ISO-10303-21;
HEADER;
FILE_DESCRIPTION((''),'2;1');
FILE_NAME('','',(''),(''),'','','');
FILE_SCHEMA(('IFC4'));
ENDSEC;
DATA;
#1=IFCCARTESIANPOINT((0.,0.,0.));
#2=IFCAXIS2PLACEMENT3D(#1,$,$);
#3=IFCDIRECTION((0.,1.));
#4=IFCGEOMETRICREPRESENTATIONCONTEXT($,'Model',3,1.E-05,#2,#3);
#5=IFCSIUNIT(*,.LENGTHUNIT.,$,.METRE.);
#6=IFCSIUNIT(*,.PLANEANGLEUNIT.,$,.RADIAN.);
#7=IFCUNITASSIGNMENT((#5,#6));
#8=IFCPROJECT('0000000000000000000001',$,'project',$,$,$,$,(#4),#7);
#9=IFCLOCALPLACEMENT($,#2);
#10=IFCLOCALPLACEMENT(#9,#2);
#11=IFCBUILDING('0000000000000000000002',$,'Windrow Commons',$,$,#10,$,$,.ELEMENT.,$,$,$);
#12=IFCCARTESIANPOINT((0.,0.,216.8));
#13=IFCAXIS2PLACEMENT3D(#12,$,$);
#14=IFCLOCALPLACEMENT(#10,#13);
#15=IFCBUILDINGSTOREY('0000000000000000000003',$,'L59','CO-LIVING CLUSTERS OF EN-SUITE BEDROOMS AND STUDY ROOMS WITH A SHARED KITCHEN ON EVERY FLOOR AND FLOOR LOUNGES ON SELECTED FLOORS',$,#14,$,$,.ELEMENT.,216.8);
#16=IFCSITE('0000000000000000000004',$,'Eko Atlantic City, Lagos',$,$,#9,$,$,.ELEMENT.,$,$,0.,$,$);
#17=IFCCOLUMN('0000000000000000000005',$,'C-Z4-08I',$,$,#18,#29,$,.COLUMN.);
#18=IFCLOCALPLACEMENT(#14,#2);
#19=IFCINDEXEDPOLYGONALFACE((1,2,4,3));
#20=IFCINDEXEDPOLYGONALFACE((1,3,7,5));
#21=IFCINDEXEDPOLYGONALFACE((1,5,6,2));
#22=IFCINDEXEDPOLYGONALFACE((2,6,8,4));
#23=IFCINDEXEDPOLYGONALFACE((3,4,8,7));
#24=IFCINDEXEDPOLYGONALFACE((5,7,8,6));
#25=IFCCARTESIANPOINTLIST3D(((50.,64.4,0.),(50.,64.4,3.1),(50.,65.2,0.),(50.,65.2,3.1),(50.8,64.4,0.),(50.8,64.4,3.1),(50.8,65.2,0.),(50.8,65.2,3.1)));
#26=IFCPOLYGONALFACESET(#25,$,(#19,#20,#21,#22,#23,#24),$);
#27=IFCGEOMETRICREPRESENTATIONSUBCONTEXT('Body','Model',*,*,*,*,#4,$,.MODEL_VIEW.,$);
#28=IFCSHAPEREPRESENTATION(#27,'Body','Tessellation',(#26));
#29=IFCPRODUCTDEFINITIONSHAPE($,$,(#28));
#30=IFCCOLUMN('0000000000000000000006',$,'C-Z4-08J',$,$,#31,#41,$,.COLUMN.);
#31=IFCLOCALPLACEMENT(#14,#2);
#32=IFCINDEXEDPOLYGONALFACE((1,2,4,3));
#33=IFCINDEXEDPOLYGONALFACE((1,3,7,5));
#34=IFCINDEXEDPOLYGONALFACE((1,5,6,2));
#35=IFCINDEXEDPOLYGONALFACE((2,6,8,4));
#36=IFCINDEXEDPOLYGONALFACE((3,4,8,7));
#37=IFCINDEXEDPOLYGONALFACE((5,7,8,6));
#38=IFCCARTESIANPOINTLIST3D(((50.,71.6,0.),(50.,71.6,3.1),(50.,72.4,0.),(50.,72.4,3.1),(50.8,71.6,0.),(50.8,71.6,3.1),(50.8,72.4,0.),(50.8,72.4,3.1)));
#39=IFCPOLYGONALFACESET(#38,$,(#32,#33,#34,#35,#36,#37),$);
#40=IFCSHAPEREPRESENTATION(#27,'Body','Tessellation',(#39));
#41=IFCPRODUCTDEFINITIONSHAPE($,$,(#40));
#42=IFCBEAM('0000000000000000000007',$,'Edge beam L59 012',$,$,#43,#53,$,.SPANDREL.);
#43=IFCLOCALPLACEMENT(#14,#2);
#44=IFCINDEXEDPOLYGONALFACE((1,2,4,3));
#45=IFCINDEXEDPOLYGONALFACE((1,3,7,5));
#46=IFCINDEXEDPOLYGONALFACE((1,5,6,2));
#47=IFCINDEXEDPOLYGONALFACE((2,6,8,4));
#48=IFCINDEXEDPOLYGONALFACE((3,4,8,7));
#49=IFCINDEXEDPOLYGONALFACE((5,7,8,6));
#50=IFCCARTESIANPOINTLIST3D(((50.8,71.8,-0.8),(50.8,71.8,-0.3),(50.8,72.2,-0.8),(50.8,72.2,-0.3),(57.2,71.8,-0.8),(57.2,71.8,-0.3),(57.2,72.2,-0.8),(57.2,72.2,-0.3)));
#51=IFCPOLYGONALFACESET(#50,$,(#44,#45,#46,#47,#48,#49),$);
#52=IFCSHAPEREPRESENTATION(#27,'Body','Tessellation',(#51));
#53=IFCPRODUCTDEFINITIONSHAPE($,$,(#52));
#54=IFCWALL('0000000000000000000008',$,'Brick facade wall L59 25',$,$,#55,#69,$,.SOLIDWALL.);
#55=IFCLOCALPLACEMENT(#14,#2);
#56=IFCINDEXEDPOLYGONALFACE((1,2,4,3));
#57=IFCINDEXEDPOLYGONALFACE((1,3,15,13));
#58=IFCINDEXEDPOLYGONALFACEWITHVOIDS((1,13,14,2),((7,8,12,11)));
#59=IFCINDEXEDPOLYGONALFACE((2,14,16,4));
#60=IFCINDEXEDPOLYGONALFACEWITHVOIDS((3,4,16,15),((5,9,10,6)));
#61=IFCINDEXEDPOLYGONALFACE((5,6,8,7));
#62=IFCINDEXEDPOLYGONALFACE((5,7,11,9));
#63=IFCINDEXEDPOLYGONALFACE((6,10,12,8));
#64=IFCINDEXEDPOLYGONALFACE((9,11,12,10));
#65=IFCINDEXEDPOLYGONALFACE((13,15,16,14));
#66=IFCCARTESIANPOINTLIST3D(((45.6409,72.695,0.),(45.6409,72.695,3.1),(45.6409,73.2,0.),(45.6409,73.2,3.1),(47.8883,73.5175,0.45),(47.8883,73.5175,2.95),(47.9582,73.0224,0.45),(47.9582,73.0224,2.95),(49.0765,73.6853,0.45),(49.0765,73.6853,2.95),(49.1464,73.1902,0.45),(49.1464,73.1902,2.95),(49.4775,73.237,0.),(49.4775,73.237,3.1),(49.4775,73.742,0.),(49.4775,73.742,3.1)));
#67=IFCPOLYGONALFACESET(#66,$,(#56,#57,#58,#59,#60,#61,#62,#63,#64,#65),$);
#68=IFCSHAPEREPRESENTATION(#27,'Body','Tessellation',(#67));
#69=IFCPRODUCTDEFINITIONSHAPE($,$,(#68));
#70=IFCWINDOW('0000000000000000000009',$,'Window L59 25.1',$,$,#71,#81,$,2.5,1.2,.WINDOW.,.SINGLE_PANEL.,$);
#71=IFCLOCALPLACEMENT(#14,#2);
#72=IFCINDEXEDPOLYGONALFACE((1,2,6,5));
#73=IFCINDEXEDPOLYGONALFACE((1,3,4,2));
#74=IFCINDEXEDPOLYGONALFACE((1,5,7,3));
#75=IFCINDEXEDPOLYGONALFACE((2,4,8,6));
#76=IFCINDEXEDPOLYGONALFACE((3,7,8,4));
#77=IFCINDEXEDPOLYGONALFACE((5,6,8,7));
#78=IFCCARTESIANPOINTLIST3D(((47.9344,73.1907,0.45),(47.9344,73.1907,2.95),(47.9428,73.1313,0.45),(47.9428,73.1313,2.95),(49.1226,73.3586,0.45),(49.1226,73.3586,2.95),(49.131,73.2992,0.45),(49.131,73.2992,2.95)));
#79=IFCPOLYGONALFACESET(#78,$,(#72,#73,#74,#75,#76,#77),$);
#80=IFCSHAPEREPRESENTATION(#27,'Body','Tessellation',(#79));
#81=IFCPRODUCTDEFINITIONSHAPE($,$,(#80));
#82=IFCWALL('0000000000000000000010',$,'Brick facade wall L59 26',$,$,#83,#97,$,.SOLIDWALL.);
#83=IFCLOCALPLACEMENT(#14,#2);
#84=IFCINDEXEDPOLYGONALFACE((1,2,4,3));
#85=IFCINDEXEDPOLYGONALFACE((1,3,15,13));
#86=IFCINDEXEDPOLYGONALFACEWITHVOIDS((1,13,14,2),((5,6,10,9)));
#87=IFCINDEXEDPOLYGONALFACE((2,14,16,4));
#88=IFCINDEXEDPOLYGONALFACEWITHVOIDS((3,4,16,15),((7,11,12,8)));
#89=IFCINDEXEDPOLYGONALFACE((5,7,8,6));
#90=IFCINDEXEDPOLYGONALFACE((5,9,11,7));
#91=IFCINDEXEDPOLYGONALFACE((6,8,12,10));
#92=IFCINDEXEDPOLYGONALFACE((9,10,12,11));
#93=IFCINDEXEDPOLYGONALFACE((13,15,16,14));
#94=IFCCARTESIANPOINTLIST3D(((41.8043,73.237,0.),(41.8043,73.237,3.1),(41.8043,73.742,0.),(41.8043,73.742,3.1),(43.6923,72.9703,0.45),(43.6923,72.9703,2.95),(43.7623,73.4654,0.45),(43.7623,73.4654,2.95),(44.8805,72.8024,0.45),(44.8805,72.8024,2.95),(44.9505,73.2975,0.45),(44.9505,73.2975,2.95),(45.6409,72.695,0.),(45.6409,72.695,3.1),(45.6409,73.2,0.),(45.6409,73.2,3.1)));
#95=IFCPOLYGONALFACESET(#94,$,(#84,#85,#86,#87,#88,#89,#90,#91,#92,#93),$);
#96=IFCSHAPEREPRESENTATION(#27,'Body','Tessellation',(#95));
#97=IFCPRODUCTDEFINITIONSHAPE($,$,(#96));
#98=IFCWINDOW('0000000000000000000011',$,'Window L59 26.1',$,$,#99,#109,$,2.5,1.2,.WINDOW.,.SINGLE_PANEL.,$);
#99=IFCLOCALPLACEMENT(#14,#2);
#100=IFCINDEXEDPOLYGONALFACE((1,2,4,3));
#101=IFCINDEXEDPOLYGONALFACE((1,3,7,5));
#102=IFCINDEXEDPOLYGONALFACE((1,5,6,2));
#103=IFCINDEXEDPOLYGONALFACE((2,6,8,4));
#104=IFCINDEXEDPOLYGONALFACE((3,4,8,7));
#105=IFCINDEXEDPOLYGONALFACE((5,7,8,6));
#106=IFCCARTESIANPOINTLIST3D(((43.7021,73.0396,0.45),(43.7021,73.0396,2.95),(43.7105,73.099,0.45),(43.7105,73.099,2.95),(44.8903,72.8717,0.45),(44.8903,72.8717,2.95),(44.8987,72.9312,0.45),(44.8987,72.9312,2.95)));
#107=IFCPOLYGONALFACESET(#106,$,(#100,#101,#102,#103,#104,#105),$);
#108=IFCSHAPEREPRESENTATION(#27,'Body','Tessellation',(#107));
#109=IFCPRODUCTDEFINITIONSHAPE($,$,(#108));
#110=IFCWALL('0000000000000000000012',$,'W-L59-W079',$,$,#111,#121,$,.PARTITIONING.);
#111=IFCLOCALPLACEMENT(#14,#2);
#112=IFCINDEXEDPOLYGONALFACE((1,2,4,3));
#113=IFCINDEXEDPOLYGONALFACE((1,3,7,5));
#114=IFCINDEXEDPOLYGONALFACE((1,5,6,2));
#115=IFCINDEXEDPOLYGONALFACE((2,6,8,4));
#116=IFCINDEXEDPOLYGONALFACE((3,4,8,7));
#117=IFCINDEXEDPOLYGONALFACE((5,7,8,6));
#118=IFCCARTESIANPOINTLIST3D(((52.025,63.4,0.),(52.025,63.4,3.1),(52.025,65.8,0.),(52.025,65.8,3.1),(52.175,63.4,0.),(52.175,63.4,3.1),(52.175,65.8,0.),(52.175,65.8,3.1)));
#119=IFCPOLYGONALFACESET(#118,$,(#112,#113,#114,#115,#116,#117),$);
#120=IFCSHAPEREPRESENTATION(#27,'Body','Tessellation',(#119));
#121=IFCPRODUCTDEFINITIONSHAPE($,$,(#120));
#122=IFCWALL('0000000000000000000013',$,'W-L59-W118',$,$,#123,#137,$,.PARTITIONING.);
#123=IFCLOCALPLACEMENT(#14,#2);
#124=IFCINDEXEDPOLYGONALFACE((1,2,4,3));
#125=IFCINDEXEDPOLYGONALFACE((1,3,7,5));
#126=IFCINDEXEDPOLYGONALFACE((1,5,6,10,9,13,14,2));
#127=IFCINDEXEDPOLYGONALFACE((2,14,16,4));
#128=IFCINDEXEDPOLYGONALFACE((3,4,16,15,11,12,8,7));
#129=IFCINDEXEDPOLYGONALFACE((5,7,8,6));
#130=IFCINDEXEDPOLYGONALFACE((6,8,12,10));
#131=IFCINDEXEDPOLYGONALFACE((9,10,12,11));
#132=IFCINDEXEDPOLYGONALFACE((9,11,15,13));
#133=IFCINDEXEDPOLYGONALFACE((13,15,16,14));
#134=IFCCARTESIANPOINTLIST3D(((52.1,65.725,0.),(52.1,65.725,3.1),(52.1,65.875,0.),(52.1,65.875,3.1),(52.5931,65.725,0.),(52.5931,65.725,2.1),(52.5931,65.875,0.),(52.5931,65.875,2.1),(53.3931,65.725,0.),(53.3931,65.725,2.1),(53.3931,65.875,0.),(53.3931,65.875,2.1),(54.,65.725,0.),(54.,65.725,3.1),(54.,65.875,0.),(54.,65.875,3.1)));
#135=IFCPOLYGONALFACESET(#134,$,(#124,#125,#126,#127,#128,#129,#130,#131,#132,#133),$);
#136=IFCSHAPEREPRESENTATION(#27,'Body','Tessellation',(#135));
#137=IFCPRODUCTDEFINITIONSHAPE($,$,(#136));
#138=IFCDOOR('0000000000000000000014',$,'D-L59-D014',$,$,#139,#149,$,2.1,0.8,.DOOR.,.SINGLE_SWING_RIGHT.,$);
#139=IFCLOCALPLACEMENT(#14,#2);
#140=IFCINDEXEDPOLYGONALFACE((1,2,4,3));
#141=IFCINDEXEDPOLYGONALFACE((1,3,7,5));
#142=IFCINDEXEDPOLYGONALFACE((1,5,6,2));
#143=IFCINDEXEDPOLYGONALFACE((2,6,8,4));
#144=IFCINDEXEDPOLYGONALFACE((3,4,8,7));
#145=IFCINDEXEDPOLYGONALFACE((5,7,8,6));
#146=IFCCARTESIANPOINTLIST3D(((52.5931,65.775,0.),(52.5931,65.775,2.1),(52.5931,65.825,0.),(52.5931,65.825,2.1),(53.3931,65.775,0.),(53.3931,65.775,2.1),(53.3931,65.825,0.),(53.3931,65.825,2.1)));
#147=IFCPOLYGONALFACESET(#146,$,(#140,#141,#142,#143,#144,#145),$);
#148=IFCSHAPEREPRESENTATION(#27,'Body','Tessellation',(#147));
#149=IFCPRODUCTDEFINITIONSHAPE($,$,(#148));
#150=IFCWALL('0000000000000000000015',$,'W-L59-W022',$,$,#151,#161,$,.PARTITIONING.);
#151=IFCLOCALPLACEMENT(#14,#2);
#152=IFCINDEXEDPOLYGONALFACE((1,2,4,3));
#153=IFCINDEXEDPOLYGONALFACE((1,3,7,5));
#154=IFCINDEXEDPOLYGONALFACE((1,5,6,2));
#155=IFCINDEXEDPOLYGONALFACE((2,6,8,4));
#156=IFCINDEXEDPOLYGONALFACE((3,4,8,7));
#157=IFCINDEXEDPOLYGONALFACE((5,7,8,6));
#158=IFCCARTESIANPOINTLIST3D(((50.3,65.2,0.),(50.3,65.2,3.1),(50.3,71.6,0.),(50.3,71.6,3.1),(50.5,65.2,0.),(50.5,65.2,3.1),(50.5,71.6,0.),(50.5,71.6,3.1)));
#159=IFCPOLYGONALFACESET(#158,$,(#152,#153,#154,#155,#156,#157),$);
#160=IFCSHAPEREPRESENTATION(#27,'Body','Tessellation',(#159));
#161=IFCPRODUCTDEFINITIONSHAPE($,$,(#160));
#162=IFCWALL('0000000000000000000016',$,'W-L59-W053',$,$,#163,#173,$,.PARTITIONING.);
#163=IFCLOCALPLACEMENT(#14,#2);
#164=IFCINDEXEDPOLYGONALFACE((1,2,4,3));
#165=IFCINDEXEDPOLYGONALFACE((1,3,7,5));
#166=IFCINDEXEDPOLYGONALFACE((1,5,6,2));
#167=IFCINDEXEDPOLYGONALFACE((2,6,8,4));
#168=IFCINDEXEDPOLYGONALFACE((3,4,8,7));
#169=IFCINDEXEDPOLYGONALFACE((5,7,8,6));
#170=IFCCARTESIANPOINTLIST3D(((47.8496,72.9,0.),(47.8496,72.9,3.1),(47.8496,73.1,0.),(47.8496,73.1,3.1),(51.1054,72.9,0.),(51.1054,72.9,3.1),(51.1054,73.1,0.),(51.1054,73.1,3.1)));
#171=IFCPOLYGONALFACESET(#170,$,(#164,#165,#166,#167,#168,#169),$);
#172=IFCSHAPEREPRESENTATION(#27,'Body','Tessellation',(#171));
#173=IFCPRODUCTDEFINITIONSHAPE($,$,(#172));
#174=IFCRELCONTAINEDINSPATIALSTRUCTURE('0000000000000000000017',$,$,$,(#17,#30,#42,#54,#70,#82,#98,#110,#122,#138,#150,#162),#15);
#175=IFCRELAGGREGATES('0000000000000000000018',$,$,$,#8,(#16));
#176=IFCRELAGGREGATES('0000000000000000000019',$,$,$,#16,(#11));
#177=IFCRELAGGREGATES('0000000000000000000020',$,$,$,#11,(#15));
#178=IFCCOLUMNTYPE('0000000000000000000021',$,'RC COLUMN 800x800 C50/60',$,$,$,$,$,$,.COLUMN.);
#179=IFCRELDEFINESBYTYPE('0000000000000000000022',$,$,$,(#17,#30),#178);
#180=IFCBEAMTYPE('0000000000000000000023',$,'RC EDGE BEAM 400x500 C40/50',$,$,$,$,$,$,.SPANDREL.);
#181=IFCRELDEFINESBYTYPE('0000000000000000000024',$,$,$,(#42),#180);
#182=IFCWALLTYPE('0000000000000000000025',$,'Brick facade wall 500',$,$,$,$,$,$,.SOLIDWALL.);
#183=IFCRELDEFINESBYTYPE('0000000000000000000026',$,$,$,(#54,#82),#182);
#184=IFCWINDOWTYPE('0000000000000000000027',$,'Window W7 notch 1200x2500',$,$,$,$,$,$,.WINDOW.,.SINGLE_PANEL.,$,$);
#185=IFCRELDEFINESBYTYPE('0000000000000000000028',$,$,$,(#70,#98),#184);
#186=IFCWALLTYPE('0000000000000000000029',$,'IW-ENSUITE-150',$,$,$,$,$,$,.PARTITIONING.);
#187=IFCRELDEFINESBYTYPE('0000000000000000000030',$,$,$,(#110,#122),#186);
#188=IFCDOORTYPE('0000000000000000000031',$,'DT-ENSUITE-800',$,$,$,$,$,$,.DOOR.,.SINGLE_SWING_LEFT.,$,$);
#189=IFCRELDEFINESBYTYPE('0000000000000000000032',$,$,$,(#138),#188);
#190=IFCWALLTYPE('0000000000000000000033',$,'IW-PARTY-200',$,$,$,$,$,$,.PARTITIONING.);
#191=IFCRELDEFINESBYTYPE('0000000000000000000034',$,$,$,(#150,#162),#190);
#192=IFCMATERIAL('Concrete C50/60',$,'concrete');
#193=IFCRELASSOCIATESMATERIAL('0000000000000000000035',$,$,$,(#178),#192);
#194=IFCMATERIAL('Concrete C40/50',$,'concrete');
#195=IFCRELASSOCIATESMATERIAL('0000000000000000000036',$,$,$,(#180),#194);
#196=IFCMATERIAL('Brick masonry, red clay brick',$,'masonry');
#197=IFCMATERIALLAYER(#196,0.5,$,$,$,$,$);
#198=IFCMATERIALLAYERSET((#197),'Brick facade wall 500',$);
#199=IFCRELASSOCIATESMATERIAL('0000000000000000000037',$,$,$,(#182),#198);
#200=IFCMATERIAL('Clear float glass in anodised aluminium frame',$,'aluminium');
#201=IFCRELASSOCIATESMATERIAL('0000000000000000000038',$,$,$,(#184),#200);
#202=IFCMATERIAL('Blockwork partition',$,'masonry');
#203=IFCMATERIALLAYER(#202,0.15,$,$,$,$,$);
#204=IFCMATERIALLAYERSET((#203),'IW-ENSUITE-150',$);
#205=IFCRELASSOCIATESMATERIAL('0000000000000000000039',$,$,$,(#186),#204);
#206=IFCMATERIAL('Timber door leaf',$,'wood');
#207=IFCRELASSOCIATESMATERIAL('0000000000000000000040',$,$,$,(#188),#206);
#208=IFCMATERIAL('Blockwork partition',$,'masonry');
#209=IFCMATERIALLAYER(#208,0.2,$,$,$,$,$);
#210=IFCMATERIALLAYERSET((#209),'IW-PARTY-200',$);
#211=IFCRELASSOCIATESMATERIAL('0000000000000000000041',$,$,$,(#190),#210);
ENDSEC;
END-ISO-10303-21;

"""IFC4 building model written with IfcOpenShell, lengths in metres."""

from ifc_helpers import new_model, si_unit, direction, frame, frame_2d, origin, origin_2d, place, context, subcontext, project, spatial, polyline, rectangle, outline, extrude, material, layer, layer_set, material_profile, profile_set, type_object, element, fill, save


model = new_model("IFC4")

# Units and contexts
model_context = context("Model", 3, precision=1e-05, world=origin(), true_north=direction((0.0, 1.0)))
body_context = subcontext(model_context, "Body", "Model", "MODEL_VIEW")
ifc_project = project(units=[si_unit("LENGTHUNIT", "METRE"), si_unit("PLANEANGLEUNIT", "RADIAN")], contexts=[model_context])

# Site, building, storey
site_placement = place(None, origin())
site = spatial("IfcSite", under=ifc_project, at=site_placement, Name="Eko Atlantic City, Lagos", CompositionType="ELEMENT", RefElevation=0.0)
building_placement = place(site_placement, origin())
building = spatial("IfcBuilding", under=site, at=building_placement, Name="Windrow Commons", CompositionType="ELEMENT")
storey_placement = place(building_placement, frame((0.0, 0.0, 216.8)))
storey = spatial("IfcBuildingStorey", under=building, at=storey_placement, Name="L59", Description="CO-LIVING CLUSTERS OF EN-SUITE BEDROOMS AND STUDY ROOMS WITH A SHARED KITCHEN ON EVERY FLOOR AND FLOOR LOUNGES ON SELECTED FLOORS", CompositionType="ELEMENT", Elevation=216.8)

# Columns
ifc_material_1 = material(Name="Concrete C50/60", Category="concrete")
ifc_material_profile_1 = material_profile(ifc_material_1, rectangle(XDim=0.8, YDim=0.8, at=origin_2d()))
ifc_profile_set_1 = profile_set([ifc_material_profile_1], Name="Concrete C50/60")
column_type = type_object("IfcColumnType", Name="RC COLUMN 800x800 C50/60", PredefinedType="COLUMN", material=ifc_profile_set_1)
for number, where, z_axis, x_axis, name in (
    (1, (50.4, 64.8, 0.0), (0.0, 0.0, 1.0), (1.0, 0.0, 0.0), "C-Z4-08I"),
    (2, (50.4, 72.0, 0.0), (0.0, 0.0, 1.0), (1.0, 0.0, 0.0), "C-Z4-08J"),
):
    element("IfcColumn", number, at=place(storey_placement, frame(where, z_axis=z_axis, x_axis=x_axis)), inside=storey, type_object=column_type, Name=name, PredefinedType="COLUMN", context=body_context, shape_type="SweptSolid", body=[
        extrude(rectangle(XDim=0.8, YDim=0.8, at=origin_2d()), origin(), (0.0, 0.0, 1.0), 3.1),
    ])

# Beam
ifc_material_2 = material(Name="Concrete C40/50", Category="concrete")
ifc_material_profile_2 = material_profile(ifc_material_2, rectangle(XDim=0.4, YDim=0.5, at=origin_2d()))
ifc_profile_set_2 = profile_set([ifc_material_profile_2], Name="Concrete C40/50")
beam_type = type_object("IfcBeamType", Name="RC EDGE BEAM 400x500 C40/50", PredefinedType="SPANDREL", material=ifc_profile_set_2)
beam_placement = place(storey_placement, frame((50.8, 72.0, -0.55), z_axis=(1.0, 0.0, 0.0), x_axis=(0.0, 1.0, 0.0)))
element("IfcBeam", 3, at=beam_placement, inside=storey, type_object=beam_type, Name="Edge beam L59 012", PredefinedType="SPANDREL", context=body_context, shape_type="SweptSolid", body=[
    extrude(rectangle(XDim=0.4, YDim=0.5, at=origin_2d()), origin(), (0.0, 0.0, 1.0), 6.4),
])

# Walls, openings, windows
ifc_material_3 = material(Name="Brick masonry, red clay brick", Category="masonry")
ifc_layer_1 = layer(ifc_material_3, 0.5)
ifc_layer_set_1 = layer_set([ifc_layer_1], Name="Brick facade wall 500")
wall_type_1 = type_object("IfcWallType", Name="Brick facade wall 500", PredefinedType="SOLIDWALL", material=ifc_layer_set_1)
wall_1_placement = place(storey_placement, frame((49.4775, 73.4895, 0.0), z_axis=(0.0, 0.0, 1.0), x_axis=(-0.990168, -0.139882, 0.0)))
wall_1 = element("IfcWall", 4, at=wall_1_placement, inside=storey, type_object=wall_type_1, Name="Brick facade wall L59 25", PredefinedType="SOLIDWALL", context=body_context, shape_type="SweptSolid", body=[
    extrude(outline(polyline([(-0.0353, -0.25), (3.8394, -0.25), (3.91, 0.25), (0.0353, 0.25), (-0.0353, -0.25)])), origin(), (0.0, 0.0, 1.0), 3.1),
])
opening_1_placement = place(wall_1_placement, frame((0.3697, 0.0, 0.45)))
opening_1 = element("IfcOpeningElement", 5, at=opening_1_placement, cuts=wall_1, PredefinedType="OPENING", context=body_context, shape_type="SweptSolid", body=[
    extrude(rectangle(XDim=1.2, YDim=2.5, at=frame_2d((0.6, 1.25))), frame((0.0, 0.26, 0.0), z_axis=(0.0, -1.0, 0.0), x_axis=(1.0, 0.0, 0.0)), (0.0, 0.0, 1.0), 0.52),
])
ifc_material_4 = material(Name="Clear float glass in anodised aluminium frame", Category="aluminium")
window_type = type_object("IfcWindowType", Name="Window W7 notch 1200x2500", PartitioningType="SINGLE_PANEL", PredefinedType="WINDOW", material=ifc_material_4)
window_1_placement = place(opening_1_placement, origin())
window_1 = element("IfcWindow", 6, at=window_1_placement, inside=storey, type_object=window_type, Name="Window L59 25.1", OverallHeight=2.5, OverallWidth=1.2, PartitioningType="SINGLE_PANEL", PredefinedType="WINDOW", context=body_context, shape_type="SweptSolid", body=[
    extrude(rectangle(XDim=1.2, YDim=2.5, at=frame_2d((0.6, 1.25))), frame((0.0, 0.14, 0.0), z_axis=(0.0, -1.0, 0.0), x_axis=(1.0, 0.0, 0.0)), (0.0, 0.0, 1.0), 0.06),
])
fill(opening_1, window_1)
wall_2_placement = place(storey_placement, frame((45.6409, 72.9475, 0.0), z_axis=(0.0, 0.0, 1.0), x_axis=(-0.990168, 0.139882, 0.0)))
wall_2 = element("IfcWall", 7, at=wall_2_placement, inside=storey, type_object=wall_type_1, Name="Brick facade wall L59 26", PredefinedType="SOLIDWALL", context=body_context, shape_type="SweptSolid", body=[
    extrude(outline(polyline([(0.0353, -0.25), (3.91, -0.25), (3.8394, 0.25), (-0.0353, 0.25), (0.0353, -0.25)])), origin(), (0.0, 0.0, 1.0), 3.1),
])
opening_2_placement = place(wall_2_placement, frame((0.7326, 0.0, 0.45)))
opening_2 = element("IfcOpeningElement", 8, at=opening_2_placement, cuts=wall_2, PredefinedType="OPENING", context=body_context, shape_type="SweptSolid", body=[
    extrude(rectangle(XDim=1.2, YDim=2.5, at=frame_2d((0.6, 1.25))), frame((0.0, 0.26, 0.0), z_axis=(0.0, -1.0, 0.0), x_axis=(1.0, 0.0, 0.0)), (0.0, 0.0, 1.0), 0.52),
])
window_2_placement = place(opening_2_placement, origin())
window_2 = element("IfcWindow", 9, at=window_2_placement, inside=storey, type_object=window_type, Name="Window L59 26.1", OverallHeight=2.5, OverallWidth=1.2, PartitioningType="SINGLE_PANEL", PredefinedType="WINDOW", context=body_context, shape_type="SweptSolid", body=[
    extrude(rectangle(XDim=1.2, YDim=2.5, at=frame_2d((0.6, 1.25))), frame((0.0, 0.18, 0.0), z_axis=(0.0, -1.0, 0.0), x_axis=(1.0, 0.0, 0.0)), (0.0, 0.0, 1.0), 0.06),
])
fill(opening_2, window_2)

# Wall
ifc_material_5 = material(Name="Blockwork partition", Category="masonry")
ifc_layer_2 = layer(ifc_material_5, 0.15)
ifc_layer_set_2 = layer_set([ifc_layer_2], Name="IW-ENSUITE-150")
wall_type_2 = type_object("IfcWallType", Name="IW-ENSUITE-150", PredefinedType="PARTITIONING", material=ifc_layer_set_2)
wall_3_placement = place(storey_placement, frame((52.1, 63.4, 0.0), z_axis=(0.0, 0.0, 1.0), x_axis=(0.0, 1.0, 0.0)))
element("IfcWall", 10, at=wall_3_placement, inside=storey, type_object=wall_type_2, Name="W-L59-W079", PredefinedType="PARTITIONING", context=body_context, shape_type="SweptSolid", body=[
    extrude(rectangle(XDim=2.4, YDim=0.15, at=frame_2d((1.2, 0.0))), origin(), (0.0, 0.0, 1.0), 3.1),
])

# Wall, opening, door
wall_4_placement = place(storey_placement, frame((52.1, 65.8, 0.0), z_axis=(0.0, 0.0, 1.0), x_axis=(1.0, 0.0, 0.0)))
wall_4 = element("IfcWall", 11, at=wall_4_placement, inside=storey, type_object=wall_type_2, Name="W-L59-W118", PredefinedType="PARTITIONING", context=body_context, shape_type="SweptSolid", body=[
    extrude(rectangle(XDim=1.9, YDim=0.15, at=frame_2d((0.95, 0.0))), origin(), (0.0, 0.0, 1.0), 3.1),
])
opening_3_placement = place(wall_4_placement, frame((0.4931, 0.0, 0.0)))
opening_3 = element("IfcOpeningElement", 12, at=opening_3_placement, cuts=wall_4, PredefinedType="OPENING", context=body_context, shape_type="SweptSolid", body=[
    extrude(rectangle(XDim=0.8, YDim=2.1, at=frame_2d((0.4, 1.05))), frame((0.0, 0.085, 0.0), z_axis=(0.0, -1.0, 0.0), x_axis=(1.0, 0.0, 0.0)), (0.0, 0.0, 1.0), 0.17),
])
ifc_material_6 = material(Name="Timber door leaf", Category="wood")
door_type = type_object("IfcDoorType", Name="DT-ENSUITE-800", OperationType="SINGLE_SWING_LEFT", PredefinedType="DOOR", material=ifc_material_6)
door_placement = place(opening_3_placement, origin())
door = element("IfcDoor", 13, at=door_placement, inside=storey, type_object=door_type, Name="D-L59-D014", OperationType="SINGLE_SWING_RIGHT", OverallHeight=2.1, OverallWidth=0.8, PredefinedType="DOOR", context=body_context, shape_type="SweptSolid", body=[
    extrude(rectangle(XDim=0.8, YDim=2.1, at=frame_2d((0.4, 1.05))), frame((0.0, 0.025, 0.0), z_axis=(0.0, -1.0, 0.0), x_axis=(1.0, 0.0, 0.0)), (0.0, 0.0, 1.0), 0.05),
])
fill(opening_3, door)

# Walls
ifc_material_7 = material(Name="Blockwork partition", Category="masonry")
ifc_layer_3 = layer(ifc_material_7, 0.2)
ifc_layer_set_3 = layer_set([ifc_layer_3], Name="IW-PARTY-200")
wall_type_3 = type_object("IfcWallType", Name="IW-PARTY-200", PredefinedType="PARTITIONING", material=ifc_layer_set_3)
wall_5_placement = place(storey_placement, frame((50.4, 65.2, 0.0), z_axis=(0.0, 0.0, 1.0), x_axis=(0.0, 1.0, 0.0)))
element("IfcWall", 14, at=wall_5_placement, inside=storey, type_object=wall_type_3, Name="W-L59-W022", PredefinedType="PARTITIONING", context=body_context, shape_type="SweptSolid", body=[
    extrude(rectangle(XDim=6.4, YDim=0.2, at=frame_2d((3.2, 0.0))), origin(), (0.0, 0.0, 1.0), 3.1),
])
wall_6_placement = place(storey_placement, frame((47.8496, 73.0, 0.0), z_axis=(0.0, 0.0, 1.0), x_axis=(1.0, 0.0, 0.0)))
element("IfcWall", 15, at=wall_6_placement, inside=storey, type_object=wall_type_3, Name="W-L59-W053", PredefinedType="PARTITIONING", context=body_context, shape_type="SweptSolid", body=[
    extrude(rectangle(XDim=3.2558, YDim=0.2, at=frame_2d((1.6279, 0.0))), origin(), (0.0, 0.0, 1.0), 3.1),
])

save(model, "model.ifc")
